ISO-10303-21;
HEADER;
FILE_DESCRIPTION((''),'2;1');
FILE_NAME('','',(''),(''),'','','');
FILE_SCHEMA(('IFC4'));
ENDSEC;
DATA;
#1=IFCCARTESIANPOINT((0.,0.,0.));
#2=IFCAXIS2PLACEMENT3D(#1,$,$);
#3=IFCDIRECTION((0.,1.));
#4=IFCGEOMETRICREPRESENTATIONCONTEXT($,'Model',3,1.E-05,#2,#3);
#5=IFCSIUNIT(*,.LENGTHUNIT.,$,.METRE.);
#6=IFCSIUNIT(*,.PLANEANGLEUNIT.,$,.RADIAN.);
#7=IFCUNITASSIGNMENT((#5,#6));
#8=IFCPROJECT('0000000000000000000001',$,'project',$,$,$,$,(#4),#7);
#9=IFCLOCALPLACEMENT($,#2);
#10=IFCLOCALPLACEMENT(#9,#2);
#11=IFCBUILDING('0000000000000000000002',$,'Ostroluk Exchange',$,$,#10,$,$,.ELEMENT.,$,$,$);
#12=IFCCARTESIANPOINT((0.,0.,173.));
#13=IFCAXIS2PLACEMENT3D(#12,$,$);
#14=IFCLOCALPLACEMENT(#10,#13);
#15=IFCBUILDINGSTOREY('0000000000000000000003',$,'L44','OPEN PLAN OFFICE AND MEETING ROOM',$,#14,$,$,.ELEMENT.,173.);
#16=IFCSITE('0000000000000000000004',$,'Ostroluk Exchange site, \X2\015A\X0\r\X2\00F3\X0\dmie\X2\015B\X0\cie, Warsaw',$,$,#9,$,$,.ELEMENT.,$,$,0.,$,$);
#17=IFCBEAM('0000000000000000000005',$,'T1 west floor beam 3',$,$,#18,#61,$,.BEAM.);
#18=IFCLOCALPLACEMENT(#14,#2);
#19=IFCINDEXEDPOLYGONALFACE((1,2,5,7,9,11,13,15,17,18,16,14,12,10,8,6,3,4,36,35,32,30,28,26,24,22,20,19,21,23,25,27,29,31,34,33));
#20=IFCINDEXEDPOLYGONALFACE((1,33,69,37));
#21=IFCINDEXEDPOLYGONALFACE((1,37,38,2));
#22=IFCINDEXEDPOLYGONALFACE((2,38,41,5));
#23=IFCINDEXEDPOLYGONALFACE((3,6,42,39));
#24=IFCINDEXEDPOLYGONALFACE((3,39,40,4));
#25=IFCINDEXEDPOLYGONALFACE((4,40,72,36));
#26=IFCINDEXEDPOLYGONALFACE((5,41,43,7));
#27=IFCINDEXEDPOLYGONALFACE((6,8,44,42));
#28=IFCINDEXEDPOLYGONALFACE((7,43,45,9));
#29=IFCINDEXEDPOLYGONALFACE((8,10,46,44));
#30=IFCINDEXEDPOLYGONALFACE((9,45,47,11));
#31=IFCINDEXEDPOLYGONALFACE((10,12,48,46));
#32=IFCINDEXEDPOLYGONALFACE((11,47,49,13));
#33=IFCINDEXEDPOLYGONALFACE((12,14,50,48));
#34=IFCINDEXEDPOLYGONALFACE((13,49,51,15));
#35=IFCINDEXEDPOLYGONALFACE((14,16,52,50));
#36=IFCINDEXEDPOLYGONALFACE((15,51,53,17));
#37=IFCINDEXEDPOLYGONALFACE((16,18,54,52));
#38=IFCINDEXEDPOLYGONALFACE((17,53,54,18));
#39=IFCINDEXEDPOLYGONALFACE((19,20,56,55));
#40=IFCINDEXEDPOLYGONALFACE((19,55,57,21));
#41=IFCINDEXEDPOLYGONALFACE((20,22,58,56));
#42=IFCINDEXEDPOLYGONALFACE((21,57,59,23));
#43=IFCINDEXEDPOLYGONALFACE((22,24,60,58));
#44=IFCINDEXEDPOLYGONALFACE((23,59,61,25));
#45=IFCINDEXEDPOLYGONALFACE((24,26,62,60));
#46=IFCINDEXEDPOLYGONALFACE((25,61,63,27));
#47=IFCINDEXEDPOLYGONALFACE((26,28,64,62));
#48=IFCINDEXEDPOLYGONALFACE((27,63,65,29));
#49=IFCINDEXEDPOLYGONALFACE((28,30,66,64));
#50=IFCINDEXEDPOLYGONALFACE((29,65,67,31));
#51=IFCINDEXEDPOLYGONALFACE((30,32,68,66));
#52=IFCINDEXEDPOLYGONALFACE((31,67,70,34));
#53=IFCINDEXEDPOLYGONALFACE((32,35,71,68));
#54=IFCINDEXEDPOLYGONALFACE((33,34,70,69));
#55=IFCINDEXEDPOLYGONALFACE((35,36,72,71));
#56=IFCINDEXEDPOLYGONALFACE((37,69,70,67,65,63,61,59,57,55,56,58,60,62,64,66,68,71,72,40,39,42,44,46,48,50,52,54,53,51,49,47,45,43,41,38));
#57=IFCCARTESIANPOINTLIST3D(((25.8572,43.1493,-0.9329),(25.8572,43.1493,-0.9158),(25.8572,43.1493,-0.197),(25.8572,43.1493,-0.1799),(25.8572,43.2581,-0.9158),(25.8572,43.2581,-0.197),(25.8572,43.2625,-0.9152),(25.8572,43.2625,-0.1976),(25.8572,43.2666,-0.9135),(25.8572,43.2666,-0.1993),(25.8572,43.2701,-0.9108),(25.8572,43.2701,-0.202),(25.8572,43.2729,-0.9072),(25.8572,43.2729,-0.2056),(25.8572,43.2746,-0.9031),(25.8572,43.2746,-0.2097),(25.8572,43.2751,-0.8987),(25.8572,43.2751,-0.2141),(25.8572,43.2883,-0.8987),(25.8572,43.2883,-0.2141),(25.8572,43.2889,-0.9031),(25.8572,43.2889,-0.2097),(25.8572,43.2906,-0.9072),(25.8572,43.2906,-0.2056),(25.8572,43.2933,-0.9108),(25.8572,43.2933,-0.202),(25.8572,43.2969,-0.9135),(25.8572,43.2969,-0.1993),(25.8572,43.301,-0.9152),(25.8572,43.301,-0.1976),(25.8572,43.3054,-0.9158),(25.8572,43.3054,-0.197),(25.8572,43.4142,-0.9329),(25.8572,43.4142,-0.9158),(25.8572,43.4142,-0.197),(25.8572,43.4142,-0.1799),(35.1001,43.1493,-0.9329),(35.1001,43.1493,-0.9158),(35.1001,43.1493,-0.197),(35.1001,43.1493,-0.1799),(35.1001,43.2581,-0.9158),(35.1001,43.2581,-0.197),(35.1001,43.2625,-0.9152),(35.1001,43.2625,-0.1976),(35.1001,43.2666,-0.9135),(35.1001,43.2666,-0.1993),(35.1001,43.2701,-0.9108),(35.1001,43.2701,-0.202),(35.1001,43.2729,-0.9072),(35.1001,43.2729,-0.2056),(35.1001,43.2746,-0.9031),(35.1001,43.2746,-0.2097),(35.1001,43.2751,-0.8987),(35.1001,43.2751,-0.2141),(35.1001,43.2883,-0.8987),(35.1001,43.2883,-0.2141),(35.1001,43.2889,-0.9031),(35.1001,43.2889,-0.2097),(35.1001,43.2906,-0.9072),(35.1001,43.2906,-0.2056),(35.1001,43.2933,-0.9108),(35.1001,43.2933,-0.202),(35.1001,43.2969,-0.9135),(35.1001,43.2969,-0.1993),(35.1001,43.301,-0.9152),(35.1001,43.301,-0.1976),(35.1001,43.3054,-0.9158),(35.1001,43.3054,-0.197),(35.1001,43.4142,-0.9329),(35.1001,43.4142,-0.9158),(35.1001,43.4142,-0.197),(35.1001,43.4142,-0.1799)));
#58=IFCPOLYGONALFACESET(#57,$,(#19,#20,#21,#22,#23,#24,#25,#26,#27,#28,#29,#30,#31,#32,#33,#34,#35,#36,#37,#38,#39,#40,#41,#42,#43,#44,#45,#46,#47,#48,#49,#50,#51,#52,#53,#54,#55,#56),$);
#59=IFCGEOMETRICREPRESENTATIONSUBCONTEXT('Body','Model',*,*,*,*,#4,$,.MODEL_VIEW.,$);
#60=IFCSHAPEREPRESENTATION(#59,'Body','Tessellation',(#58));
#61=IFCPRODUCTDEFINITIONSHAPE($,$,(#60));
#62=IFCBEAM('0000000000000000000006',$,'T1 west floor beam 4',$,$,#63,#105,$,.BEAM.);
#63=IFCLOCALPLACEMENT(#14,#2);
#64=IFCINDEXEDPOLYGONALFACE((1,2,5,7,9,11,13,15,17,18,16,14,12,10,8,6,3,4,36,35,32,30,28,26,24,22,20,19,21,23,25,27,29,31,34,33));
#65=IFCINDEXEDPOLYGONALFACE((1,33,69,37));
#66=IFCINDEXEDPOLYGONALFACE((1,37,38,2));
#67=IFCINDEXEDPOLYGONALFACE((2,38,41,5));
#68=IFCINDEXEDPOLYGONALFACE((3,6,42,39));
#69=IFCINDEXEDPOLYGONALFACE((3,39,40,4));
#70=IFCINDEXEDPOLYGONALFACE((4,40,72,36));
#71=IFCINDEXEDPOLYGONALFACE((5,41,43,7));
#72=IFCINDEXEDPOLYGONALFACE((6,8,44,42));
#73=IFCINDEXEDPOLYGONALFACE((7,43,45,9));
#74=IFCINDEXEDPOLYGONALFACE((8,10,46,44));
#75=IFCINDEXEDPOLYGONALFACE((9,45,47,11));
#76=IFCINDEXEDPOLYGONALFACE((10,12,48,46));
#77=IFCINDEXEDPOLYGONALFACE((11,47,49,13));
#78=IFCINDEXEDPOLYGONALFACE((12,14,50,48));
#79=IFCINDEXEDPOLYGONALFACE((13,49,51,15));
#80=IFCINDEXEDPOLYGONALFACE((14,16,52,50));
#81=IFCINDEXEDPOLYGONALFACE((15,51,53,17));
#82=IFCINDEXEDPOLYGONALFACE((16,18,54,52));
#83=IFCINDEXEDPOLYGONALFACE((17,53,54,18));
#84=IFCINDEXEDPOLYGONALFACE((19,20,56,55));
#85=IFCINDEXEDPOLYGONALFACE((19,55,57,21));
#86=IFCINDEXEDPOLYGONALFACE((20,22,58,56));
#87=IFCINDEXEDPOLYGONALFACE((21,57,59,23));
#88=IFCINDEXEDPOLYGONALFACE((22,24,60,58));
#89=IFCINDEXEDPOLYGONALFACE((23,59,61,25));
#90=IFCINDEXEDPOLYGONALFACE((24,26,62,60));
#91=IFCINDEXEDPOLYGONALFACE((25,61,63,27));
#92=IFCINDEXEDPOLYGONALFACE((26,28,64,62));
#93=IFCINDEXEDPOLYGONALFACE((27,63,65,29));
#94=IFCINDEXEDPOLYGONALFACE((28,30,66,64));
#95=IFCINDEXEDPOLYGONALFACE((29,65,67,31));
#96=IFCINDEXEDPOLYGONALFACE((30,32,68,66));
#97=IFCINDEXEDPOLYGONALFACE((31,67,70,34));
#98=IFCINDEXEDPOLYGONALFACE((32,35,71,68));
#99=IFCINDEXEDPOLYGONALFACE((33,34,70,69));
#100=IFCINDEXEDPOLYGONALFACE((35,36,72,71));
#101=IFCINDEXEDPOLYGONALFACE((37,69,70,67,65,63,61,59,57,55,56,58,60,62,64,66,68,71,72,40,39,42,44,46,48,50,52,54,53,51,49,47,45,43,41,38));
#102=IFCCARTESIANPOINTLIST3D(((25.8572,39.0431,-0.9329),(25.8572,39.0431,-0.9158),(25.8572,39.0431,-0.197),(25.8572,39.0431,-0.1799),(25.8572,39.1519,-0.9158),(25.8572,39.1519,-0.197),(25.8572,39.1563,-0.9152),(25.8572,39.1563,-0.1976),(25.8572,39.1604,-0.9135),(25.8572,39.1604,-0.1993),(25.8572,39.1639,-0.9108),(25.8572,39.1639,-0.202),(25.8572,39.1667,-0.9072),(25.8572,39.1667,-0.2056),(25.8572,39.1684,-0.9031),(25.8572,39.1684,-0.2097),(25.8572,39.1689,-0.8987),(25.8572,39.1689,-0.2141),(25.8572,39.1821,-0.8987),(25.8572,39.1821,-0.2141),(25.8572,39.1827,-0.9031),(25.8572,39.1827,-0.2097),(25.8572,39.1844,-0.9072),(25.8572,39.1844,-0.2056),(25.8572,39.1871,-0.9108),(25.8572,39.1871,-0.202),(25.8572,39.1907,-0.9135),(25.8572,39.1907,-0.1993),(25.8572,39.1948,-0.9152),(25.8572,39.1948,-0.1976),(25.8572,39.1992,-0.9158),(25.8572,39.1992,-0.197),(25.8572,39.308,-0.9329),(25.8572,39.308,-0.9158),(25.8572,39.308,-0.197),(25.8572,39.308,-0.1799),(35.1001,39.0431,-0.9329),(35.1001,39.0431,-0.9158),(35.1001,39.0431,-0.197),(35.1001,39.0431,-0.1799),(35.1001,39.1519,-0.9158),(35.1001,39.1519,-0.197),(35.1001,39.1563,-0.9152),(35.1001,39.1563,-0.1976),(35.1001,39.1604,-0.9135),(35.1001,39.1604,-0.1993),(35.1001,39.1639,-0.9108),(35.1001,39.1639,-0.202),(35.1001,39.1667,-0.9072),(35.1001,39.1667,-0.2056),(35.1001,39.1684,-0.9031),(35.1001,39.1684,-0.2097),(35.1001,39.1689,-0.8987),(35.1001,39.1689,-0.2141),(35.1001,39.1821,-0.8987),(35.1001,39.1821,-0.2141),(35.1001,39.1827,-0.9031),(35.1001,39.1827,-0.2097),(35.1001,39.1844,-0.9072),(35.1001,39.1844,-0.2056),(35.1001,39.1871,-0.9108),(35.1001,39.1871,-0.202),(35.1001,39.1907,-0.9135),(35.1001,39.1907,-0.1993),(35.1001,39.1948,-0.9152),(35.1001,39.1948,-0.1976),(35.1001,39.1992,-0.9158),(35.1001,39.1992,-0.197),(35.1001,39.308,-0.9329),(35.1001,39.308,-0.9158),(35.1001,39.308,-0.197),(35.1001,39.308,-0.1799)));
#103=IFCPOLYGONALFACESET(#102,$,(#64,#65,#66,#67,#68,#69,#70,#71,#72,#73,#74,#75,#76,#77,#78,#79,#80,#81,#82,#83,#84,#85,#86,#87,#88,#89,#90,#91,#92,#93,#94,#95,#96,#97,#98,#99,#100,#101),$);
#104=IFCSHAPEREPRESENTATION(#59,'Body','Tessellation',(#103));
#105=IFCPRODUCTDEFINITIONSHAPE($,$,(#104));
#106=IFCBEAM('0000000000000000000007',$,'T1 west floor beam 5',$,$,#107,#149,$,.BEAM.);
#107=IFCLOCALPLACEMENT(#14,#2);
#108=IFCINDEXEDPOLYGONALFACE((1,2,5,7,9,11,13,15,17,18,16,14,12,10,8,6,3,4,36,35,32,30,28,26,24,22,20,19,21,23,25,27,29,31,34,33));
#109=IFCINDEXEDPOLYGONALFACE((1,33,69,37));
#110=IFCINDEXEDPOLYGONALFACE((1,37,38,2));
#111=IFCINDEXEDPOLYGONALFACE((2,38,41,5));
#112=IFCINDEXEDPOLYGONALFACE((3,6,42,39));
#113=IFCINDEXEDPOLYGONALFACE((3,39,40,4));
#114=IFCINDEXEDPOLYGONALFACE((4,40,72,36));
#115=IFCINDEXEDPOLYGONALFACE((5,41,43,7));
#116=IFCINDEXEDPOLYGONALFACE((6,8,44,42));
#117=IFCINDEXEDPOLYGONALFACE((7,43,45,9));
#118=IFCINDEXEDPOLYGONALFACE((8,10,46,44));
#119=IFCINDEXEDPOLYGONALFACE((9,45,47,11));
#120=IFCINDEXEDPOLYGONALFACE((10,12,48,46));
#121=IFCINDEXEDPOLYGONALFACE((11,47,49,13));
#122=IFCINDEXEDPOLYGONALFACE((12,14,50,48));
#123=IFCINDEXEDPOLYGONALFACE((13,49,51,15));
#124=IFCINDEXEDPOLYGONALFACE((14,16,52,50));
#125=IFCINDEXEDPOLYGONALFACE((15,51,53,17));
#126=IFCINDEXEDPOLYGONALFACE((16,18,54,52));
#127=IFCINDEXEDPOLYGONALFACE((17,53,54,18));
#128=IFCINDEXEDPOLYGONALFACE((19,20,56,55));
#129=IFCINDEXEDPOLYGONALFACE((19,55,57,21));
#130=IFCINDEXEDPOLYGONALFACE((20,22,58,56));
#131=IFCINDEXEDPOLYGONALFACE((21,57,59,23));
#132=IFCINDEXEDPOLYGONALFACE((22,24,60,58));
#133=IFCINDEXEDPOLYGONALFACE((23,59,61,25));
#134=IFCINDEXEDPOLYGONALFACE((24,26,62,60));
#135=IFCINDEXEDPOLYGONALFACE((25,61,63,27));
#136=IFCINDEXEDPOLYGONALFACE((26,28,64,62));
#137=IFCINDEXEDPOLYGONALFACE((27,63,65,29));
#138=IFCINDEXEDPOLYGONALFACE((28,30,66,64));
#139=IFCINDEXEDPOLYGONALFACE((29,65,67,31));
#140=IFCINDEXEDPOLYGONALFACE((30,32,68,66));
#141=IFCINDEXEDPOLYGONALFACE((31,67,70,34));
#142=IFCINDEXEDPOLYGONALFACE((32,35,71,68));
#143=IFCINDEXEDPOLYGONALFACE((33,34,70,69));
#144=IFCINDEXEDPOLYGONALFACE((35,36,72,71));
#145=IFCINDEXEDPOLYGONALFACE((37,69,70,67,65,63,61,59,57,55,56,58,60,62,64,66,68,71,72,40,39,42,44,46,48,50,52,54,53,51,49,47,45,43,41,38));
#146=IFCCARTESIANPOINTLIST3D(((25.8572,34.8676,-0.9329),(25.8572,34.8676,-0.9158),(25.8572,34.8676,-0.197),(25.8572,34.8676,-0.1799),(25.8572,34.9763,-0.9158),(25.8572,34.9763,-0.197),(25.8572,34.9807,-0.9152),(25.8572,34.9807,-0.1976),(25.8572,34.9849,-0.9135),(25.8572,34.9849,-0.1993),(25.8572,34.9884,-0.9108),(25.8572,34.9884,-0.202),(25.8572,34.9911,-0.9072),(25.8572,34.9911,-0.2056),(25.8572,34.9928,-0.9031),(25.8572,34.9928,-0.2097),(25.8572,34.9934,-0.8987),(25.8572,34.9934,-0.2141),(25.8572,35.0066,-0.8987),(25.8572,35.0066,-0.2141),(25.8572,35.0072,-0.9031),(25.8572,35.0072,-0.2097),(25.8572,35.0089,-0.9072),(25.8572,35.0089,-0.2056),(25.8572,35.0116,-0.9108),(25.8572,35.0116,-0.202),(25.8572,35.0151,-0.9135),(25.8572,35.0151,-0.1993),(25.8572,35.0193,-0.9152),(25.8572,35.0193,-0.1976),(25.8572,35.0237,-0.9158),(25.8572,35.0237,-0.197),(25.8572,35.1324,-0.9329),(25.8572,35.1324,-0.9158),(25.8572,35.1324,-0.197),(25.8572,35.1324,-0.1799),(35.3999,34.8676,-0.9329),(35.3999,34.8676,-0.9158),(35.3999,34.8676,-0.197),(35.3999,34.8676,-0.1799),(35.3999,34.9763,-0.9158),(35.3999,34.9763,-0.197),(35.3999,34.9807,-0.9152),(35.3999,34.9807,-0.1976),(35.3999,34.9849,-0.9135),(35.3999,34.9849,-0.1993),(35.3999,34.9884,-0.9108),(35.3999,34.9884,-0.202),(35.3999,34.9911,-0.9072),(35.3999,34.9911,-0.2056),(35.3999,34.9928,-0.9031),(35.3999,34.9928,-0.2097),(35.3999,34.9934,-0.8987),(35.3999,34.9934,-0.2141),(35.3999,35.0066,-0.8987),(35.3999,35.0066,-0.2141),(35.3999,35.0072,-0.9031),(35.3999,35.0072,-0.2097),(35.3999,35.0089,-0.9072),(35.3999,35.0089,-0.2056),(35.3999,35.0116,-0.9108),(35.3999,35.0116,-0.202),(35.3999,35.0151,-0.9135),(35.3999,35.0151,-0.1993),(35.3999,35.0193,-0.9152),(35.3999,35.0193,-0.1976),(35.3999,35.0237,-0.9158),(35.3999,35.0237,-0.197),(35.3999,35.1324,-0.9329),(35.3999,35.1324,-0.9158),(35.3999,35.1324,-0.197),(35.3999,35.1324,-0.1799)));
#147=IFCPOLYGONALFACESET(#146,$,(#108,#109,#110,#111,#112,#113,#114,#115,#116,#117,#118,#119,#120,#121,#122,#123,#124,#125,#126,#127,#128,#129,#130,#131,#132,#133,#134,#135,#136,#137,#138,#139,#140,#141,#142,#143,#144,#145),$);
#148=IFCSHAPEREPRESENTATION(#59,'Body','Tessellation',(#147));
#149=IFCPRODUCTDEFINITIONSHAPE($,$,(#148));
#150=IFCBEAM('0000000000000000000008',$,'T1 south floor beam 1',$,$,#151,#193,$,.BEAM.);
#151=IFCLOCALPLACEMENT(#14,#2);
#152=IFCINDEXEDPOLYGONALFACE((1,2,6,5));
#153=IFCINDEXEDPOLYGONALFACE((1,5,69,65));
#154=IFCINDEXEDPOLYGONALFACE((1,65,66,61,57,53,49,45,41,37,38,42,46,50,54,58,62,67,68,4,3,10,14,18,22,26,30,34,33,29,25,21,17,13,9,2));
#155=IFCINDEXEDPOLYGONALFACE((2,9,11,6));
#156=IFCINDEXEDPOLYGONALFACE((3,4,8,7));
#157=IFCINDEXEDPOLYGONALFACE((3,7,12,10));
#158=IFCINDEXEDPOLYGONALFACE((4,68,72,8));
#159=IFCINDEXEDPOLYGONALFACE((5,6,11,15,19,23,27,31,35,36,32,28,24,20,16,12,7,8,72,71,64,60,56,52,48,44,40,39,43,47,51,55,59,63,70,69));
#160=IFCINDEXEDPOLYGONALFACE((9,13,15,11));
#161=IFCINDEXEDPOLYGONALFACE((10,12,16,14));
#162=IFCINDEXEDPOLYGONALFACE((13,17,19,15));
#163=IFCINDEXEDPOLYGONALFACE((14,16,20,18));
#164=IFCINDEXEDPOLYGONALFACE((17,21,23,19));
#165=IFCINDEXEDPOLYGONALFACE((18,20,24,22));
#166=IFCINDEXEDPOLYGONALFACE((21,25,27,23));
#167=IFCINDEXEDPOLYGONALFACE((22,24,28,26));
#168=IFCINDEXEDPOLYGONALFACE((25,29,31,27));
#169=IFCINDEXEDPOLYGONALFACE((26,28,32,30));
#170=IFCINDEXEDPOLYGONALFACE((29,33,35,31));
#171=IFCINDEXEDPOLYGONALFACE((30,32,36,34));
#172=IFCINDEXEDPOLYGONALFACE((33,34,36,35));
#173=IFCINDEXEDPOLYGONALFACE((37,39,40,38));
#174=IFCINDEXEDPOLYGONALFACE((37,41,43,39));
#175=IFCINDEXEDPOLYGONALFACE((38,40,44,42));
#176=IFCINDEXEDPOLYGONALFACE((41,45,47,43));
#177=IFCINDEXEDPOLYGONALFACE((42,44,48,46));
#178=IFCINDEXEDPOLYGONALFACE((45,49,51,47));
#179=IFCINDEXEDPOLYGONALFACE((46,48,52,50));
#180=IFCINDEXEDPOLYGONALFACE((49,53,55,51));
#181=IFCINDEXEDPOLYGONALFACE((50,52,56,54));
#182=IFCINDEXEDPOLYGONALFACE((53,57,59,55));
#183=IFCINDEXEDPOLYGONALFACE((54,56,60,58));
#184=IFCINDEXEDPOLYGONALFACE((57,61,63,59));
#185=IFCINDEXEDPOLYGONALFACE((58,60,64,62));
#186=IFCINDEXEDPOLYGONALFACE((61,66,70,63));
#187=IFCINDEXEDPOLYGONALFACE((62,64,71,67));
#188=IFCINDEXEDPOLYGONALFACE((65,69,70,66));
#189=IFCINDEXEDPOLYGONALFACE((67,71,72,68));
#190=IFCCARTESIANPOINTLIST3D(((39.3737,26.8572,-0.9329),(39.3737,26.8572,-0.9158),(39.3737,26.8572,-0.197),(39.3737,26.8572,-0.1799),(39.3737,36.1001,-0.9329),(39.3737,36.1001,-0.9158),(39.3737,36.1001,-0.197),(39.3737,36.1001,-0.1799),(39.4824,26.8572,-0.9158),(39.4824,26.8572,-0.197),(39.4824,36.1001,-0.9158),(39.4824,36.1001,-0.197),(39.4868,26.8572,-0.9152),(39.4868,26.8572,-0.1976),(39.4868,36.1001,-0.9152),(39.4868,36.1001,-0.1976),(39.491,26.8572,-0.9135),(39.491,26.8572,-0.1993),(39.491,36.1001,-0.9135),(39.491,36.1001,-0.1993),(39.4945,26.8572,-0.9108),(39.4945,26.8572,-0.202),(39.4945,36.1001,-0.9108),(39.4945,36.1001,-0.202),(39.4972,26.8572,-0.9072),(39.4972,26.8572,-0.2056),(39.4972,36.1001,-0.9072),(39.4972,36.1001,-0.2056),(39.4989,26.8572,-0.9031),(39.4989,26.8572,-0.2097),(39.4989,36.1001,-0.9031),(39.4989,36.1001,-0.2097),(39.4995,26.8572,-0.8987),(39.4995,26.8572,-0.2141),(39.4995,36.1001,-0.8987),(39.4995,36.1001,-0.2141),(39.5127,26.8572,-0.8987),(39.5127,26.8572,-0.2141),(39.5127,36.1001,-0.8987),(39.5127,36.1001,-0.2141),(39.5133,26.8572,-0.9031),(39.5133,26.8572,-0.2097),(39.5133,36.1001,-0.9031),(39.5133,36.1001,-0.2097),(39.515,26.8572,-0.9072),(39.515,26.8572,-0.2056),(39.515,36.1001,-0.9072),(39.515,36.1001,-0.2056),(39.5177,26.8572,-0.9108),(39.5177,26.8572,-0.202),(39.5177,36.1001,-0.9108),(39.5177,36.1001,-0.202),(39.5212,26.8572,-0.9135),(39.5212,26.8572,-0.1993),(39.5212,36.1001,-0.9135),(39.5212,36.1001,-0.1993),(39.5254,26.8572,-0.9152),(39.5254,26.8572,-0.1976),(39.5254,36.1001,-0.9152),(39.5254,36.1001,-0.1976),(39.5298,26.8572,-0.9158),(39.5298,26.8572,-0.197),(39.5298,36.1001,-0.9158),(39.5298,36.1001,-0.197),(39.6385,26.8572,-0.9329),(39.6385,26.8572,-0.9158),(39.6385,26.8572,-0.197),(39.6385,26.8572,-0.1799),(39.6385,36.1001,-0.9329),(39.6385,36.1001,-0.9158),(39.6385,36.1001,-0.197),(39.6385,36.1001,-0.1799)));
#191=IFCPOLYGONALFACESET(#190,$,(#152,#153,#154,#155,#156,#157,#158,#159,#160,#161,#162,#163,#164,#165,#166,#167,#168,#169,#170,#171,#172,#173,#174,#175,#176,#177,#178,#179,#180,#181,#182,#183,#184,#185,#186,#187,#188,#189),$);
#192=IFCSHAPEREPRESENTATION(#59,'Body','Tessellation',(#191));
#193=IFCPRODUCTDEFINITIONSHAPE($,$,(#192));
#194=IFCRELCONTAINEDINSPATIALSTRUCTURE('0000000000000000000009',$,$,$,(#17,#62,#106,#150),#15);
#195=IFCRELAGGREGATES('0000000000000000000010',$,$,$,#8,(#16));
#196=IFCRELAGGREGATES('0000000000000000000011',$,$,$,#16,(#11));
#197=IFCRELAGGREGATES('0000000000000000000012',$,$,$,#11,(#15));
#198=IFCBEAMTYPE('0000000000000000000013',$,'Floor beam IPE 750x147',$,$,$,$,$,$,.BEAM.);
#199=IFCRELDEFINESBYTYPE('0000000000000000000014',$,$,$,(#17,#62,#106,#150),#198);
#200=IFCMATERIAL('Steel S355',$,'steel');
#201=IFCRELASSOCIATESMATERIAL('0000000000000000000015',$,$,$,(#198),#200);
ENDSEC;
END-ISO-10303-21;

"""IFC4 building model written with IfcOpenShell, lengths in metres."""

from ifc_helpers import new_model, si_unit, direction, frame, origin, origin_2d, place, context, subcontext, project, spatial, i_section, extrude, material, material_profile, profile_set, type_object, element, save


model = new_model("IFC4")

# Units and contexts
model_context = context("Model", 3, precision=1e-05, world=origin(), true_north=direction((0.0, 1.0)))
body_context = subcontext(model_context, "Body", "Model", "MODEL_VIEW")
ifc_project = project(units=[si_unit("LENGTHUNIT", "METRE"), si_unit("PLANEANGLEUNIT", "RADIAN")], contexts=[model_context])

# Site, building, storey
site_placement = place(None, origin())
site = spatial("IfcSite", under=ifc_project, at=site_placement, Name="Ostroluk Exchange site, Śródmieście, Warsaw", CompositionType="ELEMENT", RefElevation=0.0)
building_placement = place(site_placement, origin())
building = spatial("IfcBuilding", under=site, at=building_placement, Name="Ostroluk Exchange", CompositionType="ELEMENT")
storey_placement = place(building_placement, frame((0.0, 0.0, 173.0)))
storey = spatial("IfcBuildingStorey", under=building, at=storey_placement, Name="L44", Description="OPEN PLAN OFFICE AND MEETING ROOM", CompositionType="ELEMENT", Elevation=173.0)

# Beams
ifc_material_1 = material(Name="Steel S355", Category="steel")
ifc_material_profile_1 = material_profile(ifc_material_1, i_section(OverallWidth=0.2649, OverallDepth=0.7529, WebThickness=0.0132, FlangeThickness=0.0171, FilletRadius=0.0171, at=origin_2d()), Name="IPE 750x147")
ifc_profile_set_1 = profile_set([ifc_material_profile_1], Name="Steel S355")
beam_type_1 = type_object("IfcBeamType", Name="Floor beam IPE 750x147", PredefinedType="BEAM", material=ifc_profile_set_1)
for number, where, z_axis, x_axis, name in (
    (1, (35.1001, 43.2817, -0.5564), (-1.0, 0.0, 0.0), (0.0, -1.0, 0.0), "T1 west floor beam 3"),
    (2, (35.1001, 39.1755, -0.5564), (-1.0, 0.0, 0.0), (0.0, -1.0, 0.0), "T1 west floor beam 4"),
):
    element("IfcBeam", number, at=place(storey_placement, frame(where, z_axis=z_axis, x_axis=x_axis)), inside=storey, type_object=beam_type_1, Name=name, PredefinedType="BEAM", context=body_context, shape_type="SweptSolid", body=[
        extrude(i_section(OverallWidth=0.2649, OverallDepth=0.7529, WebThickness=0.0132, FlangeThickness=0.0171, FilletRadius=0.0171, at=origin_2d()), origin(), (0.0, 0.0, 1.0), 9.2429),
    ])
beam_1_placement = place(storey_placement, frame((35.3999, 35.0, -0.5564), z_axis=(-1.0, 0.0, 0.0), x_axis=(0.0, -1.0, 0.0)))
element("IfcBeam", 3, at=beam_1_placement, inside=storey, type_object=beam_type_1, Name="T1 west floor beam 5", PredefinedType="BEAM", context=body_context, shape_type="SweptSolid", body=[
    extrude(i_section(OverallWidth=0.2649, OverallDepth=0.7529, WebThickness=0.0132, FlangeThickness=0.0171, FilletRadius=0.0171, at=origin_2d()), origin(), (0.0, 0.0, 1.0), 9.5427),
])
beam_2_placement = place(storey_placement, frame((39.5061, 36.1001, -0.5564), z_axis=(0.0, -1.0, 0.0), x_axis=(1.0, 0.0, 0.0)))
element("IfcBeam", 4, at=beam_2_placement, inside=storey, type_object=beam_type_1, Name="T1 south floor beam 1", PredefinedType="BEAM", context=body_context, shape_type="SweptSolid", body=[
    extrude(i_section(OverallWidth=0.2649, OverallDepth=0.7529, WebThickness=0.0132, FlangeThickness=0.0171, FilletRadius=0.0171, at=origin_2d()), origin(), (0.0, 0.0, 1.0), 9.2429),
])

save(model, "model.ifc")
